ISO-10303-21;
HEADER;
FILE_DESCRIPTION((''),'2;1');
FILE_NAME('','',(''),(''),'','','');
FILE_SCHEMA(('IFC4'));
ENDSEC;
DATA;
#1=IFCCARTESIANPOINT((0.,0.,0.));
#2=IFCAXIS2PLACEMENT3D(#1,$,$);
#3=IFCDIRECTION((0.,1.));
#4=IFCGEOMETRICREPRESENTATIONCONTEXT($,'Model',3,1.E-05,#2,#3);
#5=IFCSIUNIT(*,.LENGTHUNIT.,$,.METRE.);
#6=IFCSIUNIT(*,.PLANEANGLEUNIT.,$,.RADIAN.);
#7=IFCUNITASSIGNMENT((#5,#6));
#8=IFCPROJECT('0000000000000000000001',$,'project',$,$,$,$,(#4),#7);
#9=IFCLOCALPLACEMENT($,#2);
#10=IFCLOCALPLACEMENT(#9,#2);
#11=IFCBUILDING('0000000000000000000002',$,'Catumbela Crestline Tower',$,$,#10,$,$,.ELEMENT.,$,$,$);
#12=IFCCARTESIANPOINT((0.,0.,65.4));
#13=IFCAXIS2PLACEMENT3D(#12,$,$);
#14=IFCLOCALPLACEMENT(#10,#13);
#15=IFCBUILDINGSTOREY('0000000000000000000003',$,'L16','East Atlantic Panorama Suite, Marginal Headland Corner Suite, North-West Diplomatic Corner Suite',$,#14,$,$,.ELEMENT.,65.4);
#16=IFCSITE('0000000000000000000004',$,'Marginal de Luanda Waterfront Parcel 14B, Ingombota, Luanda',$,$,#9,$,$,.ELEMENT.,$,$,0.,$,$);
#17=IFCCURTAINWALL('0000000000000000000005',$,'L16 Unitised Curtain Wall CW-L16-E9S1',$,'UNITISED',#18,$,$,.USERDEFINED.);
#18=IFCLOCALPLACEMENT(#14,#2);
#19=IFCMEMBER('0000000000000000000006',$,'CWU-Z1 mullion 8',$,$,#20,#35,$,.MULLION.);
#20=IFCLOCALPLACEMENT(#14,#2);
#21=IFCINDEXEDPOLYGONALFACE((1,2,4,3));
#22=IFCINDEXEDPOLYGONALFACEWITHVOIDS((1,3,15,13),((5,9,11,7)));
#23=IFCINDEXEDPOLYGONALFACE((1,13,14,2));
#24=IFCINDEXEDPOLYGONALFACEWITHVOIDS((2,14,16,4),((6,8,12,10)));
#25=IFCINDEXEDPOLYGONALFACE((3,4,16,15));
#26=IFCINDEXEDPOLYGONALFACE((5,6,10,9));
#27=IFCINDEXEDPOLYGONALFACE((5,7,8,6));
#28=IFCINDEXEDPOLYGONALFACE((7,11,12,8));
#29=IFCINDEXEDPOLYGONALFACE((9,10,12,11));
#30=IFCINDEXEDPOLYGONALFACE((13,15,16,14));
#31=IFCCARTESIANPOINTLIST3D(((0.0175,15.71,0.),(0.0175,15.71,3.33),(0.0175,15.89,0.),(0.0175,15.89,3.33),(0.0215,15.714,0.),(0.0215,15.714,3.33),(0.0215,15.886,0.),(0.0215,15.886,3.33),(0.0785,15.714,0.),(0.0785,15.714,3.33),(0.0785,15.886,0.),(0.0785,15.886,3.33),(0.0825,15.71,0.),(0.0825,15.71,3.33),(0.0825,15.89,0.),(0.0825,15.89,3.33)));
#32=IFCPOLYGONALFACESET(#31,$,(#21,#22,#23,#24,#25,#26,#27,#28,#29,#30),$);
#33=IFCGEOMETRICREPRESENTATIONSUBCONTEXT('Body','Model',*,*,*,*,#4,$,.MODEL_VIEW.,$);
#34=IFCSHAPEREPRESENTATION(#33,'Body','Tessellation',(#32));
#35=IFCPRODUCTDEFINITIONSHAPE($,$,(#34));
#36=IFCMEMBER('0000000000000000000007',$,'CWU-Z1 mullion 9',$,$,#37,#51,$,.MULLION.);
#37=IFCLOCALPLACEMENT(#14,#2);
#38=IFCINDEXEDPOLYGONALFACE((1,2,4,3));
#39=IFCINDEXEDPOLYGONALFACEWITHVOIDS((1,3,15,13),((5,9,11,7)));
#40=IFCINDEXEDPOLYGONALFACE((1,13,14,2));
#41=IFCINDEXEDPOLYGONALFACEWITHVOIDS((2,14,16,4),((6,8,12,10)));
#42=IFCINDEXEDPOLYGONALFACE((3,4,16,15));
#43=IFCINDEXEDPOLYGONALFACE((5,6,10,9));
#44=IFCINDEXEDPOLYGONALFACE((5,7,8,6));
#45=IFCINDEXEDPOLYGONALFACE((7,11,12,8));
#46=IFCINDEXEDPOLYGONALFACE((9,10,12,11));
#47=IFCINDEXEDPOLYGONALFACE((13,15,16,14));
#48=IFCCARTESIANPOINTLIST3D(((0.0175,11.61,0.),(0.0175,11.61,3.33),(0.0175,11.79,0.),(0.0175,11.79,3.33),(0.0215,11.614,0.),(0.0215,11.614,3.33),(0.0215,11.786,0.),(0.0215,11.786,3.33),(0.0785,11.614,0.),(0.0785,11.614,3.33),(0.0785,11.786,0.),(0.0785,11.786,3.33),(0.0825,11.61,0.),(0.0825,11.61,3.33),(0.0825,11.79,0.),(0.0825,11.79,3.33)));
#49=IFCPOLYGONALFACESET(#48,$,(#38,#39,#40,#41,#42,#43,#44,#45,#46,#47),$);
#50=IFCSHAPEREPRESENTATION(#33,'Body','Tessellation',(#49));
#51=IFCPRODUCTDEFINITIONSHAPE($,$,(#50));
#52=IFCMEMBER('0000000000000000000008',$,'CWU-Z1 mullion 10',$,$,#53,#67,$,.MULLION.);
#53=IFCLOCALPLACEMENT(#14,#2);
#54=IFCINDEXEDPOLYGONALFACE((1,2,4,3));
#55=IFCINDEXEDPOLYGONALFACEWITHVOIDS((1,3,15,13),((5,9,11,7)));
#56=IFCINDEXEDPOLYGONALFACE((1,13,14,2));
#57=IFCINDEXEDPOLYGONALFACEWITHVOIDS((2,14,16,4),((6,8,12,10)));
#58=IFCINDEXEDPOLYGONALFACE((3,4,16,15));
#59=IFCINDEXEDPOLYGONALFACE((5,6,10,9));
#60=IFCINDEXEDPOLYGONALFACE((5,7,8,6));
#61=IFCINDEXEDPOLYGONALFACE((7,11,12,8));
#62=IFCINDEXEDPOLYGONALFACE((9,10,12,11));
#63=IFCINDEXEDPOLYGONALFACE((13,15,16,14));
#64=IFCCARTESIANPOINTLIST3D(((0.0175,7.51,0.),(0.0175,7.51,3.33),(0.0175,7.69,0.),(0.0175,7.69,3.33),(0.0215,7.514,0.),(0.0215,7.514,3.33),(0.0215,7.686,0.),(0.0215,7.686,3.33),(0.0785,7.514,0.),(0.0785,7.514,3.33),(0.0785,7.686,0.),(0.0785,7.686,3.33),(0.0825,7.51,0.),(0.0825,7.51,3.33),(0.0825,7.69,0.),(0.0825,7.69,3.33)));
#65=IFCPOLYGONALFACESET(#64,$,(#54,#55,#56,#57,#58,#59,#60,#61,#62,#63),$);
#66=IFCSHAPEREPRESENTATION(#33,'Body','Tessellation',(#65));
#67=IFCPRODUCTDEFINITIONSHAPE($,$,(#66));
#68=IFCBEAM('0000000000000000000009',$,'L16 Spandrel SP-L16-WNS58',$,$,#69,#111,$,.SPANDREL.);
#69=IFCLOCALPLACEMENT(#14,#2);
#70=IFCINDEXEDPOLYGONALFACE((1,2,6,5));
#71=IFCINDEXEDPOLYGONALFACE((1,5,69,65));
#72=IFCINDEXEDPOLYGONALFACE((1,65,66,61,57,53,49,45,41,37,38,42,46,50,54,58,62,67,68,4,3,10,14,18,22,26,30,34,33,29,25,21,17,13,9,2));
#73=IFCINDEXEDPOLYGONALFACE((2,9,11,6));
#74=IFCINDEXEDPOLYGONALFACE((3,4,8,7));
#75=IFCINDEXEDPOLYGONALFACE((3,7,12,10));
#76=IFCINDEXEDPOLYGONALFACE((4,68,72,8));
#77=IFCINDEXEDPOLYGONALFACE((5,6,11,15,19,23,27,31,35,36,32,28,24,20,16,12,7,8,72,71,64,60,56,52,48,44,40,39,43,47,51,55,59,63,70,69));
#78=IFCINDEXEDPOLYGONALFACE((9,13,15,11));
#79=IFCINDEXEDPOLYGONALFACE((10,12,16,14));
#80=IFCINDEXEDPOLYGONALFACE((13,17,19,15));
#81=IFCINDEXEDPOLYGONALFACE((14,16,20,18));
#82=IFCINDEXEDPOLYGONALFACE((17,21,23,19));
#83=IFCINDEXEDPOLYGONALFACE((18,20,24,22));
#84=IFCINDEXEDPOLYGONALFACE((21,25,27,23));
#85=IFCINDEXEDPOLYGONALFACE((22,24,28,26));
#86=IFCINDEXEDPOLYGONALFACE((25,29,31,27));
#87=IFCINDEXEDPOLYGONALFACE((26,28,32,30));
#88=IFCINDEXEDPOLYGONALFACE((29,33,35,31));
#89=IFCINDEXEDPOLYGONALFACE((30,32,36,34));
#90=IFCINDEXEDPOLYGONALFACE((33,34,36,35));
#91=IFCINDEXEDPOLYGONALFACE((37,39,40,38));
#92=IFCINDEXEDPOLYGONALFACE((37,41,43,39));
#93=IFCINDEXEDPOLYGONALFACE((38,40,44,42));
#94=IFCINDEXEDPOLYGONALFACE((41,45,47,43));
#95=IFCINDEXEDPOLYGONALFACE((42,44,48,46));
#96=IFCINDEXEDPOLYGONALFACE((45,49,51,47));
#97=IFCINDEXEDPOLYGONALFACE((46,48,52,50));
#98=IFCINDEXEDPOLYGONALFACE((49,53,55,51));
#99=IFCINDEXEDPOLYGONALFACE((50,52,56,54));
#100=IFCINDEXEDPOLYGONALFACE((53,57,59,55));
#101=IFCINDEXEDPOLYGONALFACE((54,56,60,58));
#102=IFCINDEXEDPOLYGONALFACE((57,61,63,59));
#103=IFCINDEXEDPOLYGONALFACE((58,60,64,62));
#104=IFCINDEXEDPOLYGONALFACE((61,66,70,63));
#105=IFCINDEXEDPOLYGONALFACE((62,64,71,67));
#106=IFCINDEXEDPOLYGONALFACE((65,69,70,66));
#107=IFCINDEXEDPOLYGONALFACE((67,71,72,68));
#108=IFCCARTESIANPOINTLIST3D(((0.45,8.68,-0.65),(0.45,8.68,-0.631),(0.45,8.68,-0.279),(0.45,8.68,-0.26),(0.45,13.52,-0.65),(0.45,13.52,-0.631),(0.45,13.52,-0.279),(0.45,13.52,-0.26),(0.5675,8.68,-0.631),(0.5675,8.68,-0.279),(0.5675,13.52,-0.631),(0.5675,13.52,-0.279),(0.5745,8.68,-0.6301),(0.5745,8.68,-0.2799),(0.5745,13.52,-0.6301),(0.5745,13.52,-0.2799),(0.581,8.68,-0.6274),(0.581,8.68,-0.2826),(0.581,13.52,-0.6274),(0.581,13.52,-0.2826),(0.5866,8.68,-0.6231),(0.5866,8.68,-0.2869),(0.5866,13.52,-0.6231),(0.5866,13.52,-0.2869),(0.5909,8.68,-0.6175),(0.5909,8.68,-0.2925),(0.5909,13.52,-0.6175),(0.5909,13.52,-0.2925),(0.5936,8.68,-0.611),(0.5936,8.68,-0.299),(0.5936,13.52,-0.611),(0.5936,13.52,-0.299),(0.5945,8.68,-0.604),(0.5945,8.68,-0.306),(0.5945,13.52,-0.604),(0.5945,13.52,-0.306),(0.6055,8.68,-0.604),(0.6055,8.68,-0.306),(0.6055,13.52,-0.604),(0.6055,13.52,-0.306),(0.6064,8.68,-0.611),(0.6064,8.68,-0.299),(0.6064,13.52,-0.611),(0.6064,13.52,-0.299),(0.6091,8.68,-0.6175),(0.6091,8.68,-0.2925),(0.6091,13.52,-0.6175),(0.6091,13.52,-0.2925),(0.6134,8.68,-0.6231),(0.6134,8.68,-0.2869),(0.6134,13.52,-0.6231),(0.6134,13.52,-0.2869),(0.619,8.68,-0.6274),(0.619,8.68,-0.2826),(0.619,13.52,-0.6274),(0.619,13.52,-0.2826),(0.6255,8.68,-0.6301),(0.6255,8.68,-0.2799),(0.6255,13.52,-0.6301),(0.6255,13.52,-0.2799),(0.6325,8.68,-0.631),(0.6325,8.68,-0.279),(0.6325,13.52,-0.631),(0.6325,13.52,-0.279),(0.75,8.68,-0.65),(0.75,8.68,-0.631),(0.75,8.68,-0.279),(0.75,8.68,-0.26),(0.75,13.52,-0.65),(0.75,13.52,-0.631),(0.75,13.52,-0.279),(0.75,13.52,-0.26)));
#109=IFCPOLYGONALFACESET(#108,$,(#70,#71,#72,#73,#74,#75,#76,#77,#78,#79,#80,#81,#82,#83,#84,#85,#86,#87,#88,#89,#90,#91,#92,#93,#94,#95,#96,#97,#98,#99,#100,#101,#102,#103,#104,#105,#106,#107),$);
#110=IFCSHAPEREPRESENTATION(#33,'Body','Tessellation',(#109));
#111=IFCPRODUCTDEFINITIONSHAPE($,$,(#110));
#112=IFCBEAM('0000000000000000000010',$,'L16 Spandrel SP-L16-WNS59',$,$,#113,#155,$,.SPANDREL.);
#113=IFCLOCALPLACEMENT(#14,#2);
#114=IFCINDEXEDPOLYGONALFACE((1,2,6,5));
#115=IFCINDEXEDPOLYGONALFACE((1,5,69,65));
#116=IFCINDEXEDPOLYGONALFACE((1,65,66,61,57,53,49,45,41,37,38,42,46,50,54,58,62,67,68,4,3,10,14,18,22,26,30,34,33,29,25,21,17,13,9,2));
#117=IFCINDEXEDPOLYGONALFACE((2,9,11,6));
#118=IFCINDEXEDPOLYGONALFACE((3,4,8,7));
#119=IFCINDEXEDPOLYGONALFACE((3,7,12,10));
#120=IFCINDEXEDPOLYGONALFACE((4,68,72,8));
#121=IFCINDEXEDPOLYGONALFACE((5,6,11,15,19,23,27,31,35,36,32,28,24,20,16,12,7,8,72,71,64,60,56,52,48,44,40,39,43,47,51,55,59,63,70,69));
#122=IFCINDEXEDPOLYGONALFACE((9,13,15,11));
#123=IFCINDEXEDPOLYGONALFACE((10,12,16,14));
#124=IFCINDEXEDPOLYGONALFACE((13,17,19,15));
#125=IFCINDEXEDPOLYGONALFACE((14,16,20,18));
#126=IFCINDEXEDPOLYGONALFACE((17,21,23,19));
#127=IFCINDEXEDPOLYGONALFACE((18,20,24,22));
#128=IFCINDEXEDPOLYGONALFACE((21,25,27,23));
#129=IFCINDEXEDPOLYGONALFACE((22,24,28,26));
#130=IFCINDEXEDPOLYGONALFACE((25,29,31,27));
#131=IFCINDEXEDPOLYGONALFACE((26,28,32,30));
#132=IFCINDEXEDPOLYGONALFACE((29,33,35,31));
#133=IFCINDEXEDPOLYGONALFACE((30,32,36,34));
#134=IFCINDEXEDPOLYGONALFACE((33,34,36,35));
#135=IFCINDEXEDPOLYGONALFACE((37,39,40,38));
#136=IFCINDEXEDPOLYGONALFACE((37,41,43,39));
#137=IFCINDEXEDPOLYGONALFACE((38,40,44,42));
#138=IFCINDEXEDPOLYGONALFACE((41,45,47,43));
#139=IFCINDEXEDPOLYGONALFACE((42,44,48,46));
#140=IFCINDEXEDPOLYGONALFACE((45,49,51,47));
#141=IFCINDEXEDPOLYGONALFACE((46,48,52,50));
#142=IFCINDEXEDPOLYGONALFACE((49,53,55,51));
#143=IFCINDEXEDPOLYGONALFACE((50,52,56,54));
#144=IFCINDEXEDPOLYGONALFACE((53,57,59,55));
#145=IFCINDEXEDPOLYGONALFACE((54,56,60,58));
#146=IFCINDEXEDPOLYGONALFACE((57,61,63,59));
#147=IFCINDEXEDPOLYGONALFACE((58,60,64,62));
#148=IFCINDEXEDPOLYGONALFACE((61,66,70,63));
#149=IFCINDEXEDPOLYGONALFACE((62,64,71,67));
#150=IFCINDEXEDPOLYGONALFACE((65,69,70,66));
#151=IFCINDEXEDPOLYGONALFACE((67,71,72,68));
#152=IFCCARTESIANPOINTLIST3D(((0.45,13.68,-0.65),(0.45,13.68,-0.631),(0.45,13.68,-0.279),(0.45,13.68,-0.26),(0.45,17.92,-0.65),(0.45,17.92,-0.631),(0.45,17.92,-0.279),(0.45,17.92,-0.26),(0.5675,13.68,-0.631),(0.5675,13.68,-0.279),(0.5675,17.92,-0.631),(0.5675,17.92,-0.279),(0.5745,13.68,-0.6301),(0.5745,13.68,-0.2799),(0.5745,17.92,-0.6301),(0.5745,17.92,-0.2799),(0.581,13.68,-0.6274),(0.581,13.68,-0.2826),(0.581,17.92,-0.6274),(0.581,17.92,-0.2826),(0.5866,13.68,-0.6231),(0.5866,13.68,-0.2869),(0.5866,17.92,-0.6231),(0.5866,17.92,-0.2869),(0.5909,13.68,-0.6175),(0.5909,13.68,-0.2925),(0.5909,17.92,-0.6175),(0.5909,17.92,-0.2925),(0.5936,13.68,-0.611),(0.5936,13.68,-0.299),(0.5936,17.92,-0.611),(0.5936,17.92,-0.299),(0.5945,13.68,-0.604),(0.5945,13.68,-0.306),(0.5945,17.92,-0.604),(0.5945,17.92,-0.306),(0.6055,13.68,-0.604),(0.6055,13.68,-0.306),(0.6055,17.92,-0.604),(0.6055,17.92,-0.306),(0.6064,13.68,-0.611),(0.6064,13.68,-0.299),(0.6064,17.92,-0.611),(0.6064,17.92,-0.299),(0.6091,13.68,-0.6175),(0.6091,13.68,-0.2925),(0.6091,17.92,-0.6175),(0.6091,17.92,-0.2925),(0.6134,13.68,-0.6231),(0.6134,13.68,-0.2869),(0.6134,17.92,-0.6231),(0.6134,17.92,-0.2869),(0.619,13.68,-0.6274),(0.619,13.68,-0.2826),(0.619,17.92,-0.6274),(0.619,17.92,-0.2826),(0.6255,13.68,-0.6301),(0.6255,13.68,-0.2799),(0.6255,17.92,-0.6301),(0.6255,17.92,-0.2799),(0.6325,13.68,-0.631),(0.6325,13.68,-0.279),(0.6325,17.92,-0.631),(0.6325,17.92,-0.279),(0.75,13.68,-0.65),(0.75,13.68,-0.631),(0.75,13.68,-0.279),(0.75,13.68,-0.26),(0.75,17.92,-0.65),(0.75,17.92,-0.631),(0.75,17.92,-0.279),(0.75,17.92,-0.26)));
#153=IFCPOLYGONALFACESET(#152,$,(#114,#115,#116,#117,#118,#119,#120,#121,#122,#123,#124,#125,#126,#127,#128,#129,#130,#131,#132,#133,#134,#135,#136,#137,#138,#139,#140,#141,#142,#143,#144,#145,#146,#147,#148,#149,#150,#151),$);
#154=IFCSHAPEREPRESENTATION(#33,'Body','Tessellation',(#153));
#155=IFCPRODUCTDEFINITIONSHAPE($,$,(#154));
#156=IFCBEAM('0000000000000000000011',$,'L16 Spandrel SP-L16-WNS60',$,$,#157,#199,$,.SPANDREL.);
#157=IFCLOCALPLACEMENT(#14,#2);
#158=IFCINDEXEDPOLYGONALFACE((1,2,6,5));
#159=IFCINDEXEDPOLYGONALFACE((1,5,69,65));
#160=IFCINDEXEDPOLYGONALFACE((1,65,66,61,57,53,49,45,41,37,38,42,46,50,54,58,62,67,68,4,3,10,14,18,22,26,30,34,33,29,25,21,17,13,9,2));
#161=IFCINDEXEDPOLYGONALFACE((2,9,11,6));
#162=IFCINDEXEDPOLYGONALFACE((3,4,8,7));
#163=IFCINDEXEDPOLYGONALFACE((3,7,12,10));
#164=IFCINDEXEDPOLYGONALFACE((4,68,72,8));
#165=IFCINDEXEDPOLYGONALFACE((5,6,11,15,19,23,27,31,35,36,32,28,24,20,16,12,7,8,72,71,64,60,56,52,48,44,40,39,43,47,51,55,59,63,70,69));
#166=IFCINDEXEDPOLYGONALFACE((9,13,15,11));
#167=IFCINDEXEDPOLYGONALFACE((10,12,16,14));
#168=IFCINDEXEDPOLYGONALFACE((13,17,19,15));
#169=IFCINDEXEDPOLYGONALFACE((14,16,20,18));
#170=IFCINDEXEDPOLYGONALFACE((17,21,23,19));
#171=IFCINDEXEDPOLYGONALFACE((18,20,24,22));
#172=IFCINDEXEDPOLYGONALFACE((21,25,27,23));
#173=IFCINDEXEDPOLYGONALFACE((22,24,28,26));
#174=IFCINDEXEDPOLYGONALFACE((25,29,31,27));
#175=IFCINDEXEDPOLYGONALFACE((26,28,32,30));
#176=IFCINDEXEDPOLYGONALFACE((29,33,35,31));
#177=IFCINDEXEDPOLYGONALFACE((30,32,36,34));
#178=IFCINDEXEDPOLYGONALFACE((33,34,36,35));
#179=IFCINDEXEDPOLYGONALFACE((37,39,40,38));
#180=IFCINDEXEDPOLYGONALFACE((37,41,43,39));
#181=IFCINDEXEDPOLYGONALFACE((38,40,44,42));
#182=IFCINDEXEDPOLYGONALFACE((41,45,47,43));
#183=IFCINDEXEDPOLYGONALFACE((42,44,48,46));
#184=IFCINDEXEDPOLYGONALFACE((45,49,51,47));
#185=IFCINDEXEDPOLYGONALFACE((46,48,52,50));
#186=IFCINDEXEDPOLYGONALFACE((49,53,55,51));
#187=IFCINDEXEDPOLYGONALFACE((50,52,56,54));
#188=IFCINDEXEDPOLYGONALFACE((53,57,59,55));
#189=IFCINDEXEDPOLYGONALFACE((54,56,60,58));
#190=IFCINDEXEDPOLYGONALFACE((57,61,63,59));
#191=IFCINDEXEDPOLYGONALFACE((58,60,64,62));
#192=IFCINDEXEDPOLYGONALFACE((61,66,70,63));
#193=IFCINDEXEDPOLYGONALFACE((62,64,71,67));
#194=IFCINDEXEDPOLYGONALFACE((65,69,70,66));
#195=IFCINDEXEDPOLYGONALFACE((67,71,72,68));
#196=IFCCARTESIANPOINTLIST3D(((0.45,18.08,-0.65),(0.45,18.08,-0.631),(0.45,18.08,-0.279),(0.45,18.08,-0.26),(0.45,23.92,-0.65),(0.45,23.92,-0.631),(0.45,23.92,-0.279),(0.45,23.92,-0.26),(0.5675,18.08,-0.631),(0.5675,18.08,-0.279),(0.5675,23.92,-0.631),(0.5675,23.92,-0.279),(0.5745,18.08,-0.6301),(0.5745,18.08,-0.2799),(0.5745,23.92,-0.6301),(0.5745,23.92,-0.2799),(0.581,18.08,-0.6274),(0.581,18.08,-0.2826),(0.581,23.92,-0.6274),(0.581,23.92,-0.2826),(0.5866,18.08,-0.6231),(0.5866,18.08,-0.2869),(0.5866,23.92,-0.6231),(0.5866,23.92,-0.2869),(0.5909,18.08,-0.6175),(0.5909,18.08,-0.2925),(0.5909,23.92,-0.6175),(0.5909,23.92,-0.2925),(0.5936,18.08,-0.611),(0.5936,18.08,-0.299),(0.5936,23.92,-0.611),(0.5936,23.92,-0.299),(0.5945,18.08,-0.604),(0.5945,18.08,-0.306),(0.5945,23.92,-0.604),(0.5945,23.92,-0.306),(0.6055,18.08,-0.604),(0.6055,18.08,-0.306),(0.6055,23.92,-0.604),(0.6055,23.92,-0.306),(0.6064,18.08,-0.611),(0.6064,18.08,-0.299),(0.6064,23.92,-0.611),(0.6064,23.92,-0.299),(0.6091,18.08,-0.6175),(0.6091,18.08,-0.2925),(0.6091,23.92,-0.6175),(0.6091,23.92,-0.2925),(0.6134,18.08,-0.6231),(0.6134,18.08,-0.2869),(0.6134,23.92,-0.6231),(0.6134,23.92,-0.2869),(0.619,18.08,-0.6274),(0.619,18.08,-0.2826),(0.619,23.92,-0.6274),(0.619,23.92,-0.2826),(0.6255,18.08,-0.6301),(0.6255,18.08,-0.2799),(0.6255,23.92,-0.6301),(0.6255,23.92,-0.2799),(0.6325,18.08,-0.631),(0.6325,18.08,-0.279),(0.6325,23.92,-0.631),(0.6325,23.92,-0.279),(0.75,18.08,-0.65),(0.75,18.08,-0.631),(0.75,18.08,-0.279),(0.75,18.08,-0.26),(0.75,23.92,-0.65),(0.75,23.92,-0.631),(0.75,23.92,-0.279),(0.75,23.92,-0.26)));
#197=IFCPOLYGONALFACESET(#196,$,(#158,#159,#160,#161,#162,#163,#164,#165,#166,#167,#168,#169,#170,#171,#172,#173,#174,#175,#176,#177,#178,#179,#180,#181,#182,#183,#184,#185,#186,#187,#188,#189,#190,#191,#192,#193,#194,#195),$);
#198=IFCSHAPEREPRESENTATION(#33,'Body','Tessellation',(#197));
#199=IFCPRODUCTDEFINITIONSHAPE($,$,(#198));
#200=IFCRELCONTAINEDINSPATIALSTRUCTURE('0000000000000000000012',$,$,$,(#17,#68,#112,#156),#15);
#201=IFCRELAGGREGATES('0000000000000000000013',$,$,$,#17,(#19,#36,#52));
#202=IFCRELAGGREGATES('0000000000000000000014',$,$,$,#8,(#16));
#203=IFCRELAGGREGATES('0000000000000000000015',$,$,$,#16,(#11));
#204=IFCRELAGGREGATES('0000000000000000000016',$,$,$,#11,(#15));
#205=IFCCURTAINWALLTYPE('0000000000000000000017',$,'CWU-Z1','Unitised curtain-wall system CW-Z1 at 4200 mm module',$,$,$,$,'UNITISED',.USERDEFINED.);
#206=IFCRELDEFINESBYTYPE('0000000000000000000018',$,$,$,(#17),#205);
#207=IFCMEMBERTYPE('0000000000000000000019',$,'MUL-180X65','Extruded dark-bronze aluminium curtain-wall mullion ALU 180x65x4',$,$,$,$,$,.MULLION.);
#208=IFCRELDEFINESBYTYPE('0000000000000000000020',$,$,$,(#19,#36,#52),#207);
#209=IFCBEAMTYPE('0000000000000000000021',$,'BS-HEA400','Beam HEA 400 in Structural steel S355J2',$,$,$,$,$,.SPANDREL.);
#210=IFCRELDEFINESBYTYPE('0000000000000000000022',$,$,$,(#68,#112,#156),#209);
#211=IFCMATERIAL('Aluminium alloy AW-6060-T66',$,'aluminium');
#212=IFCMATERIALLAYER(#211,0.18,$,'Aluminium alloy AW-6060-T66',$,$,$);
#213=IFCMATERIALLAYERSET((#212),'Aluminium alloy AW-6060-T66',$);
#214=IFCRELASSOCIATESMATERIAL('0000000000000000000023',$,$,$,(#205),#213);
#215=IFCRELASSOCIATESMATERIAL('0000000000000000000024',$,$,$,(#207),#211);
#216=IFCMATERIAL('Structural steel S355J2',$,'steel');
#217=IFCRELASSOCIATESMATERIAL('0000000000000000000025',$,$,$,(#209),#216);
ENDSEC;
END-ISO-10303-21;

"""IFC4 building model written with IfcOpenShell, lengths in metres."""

from ifc_helpers import new_model, si_unit, direction, frame, origin, origin_2d, place, context, subcontext, project, spatial, hollow_rectangle, i_section, extrude, material, layer, layer_set, material_profile, profile_set, type_object, element, aggregate, save


model = new_model("IFC4")

# Units and contexts
model_context = context("Model", 3, precision=1e-05, world=origin(), true_north=direction((0.0, 1.0)))
body_context = subcontext(model_context, "Body", "Model", "MODEL_VIEW")
ifc_project = project(units=[si_unit("LENGTHUNIT", "METRE"), si_unit("PLANEANGLEUNIT", "RADIAN")], contexts=[model_context])

# Site, building, storey
site_placement = place(None, origin())
site = spatial("IfcSite", under=ifc_project, at=site_placement, Name="Marginal de Luanda Waterfront Parcel 14B, Ingombota, Luanda", CompositionType="ELEMENT", RefElevation=0.0)
building_placement = place(site_placement, origin())
building = spatial("IfcBuilding", under=site, at=building_placement, Name="Catumbela Crestline Tower", CompositionType="ELEMENT")
storey_placement = place(building_placement, frame((0.0, 0.0, 65.4)))
storey = spatial("IfcBuildingStorey", under=building, at=storey_placement, Name="L16", Description="East Atlantic Panorama Suite, Marginal Headland Corner Suite, North-West Diplomatic Corner Suite", CompositionType="ELEMENT", Elevation=65.4)

# Shared definitions
ifc_material_1 = material(Name="Structural steel S355J2", Category="steel")

# Curtain wall, members
ifc_material_2 = material(Name="Aluminium alloy AW-6060-T66", Category="aluminium")
ifc_layer_1 = layer(ifc_material_2, 0.18, Name="Aluminium alloy AW-6060-T66")
ifc_layer_set_1 = layer_set([ifc_layer_1], Name="Aluminium alloy AW-6060-T66")
curtain_wall_type = type_object("IfcCurtainWallType", Name="CWU-Z1", Description="Unitised curtain-wall system CW-Z1 at 4200 mm module", ElementType="UNITISED", PredefinedType="USERDEFINED", material=ifc_layer_set_1)
curtain_wall_placement = place(storey_placement, origin())
curtain_wall = element("IfcCurtainWall", 1, at=curtain_wall_placement, inside=storey, type_object=curtain_wall_type, Name="L16 Unitised Curtain Wall CW-L16-E9S1", ObjectType="UNITISED", PredefinedType="USERDEFINED")
ifc_material_profile_1 = material_profile(ifc_material_2, hollow_rectangle(XDim=0.065, YDim=0.18, WallThickness=0.004, at=origin_2d()), Name="ALU 180x65x4")
ifc_profile_set_1 = profile_set([ifc_material_profile_1], Name="Aluminium alloy AW-6060-T66")
member_type_1 = type_object("IfcMemberType", Name="MUL-180X65", Description="Extruded dark-bronze aluminium curtain-wall mullion ALU 180x65x4", PredefinedType="MULLION", material=ifc_profile_set_1)
member_1_placement = place(storey_placement, frame((0.05, 15.8, 0.0), z_axis=(0.0, 0.0, 1.0), x_axis=(1.0, 0.0, 0.0)))
member_1 = element("IfcMember", 2, at=member_1_placement, type_object=member_type_1, Name="CWU-Z1 mullion 8", PredefinedType="MULLION", context=body_context, shape_type="SweptSolid", body=[
    extrude(hollow_rectangle(XDim=0.065, YDim=0.18, WallThickness=0.004, at=origin_2d()), origin(), (0.0, 0.0, 1.0), 3.33),
])
member_2_placement = place(storey_placement, frame((0.05, 11.7, 0.0), z_axis=(0.0, 0.0, 1.0), x_axis=(1.0, 0.0, 0.0)))
member_2 = element("IfcMember", 3, at=member_2_placement, type_object=member_type_1, Name="CWU-Z1 mullion 9", PredefinedType="MULLION", context=body_context, shape_type="SweptSolid", body=[
    extrude(hollow_rectangle(XDim=0.065, YDim=0.18, WallThickness=0.004, at=origin_2d()), origin(), (0.0, 0.0, 1.0), 3.33),
])
member_3_placement = place(storey_placement, frame((0.05, 7.6, 0.0), z_axis=(0.0, 0.0, 1.0), x_axis=(1.0, 0.0, 0.0)))
member_3 = element("IfcMember", 4, at=member_3_placement, type_object=member_type_1, Name="CWU-Z1 mullion 10", PredefinedType="MULLION", context=body_context, shape_type="SweptSolid", body=[
    extrude(hollow_rectangle(XDim=0.065, YDim=0.18, WallThickness=0.004, at=origin_2d()), origin(), (0.0, 0.0, 1.0), 3.33),
])

# Beams
ifc_material_profile_2 = material_profile(ifc_material_1, i_section(OverallWidth=0.3, OverallDepth=0.39, WebThickness=0.011, FlangeThickness=0.019, FilletRadius=0.027, at=origin_2d()), Name="HEA 400")
ifc_profile_set_2 = profile_set([ifc_material_profile_2], Name="Structural steel S355J2")
beam_type_1 = type_object("IfcBeamType", Name="BS-HEA400", Description="Beam HEA 400 in Structural steel S355J2", PredefinedType="SPANDREL", material=ifc_profile_set_2)
beam_1_placement = place(storey_placement, frame((0.6, 8.68, -0.455), z_axis=(0.0, 1.0, 0.0), x_axis=(-1.0, 0.0, 0.0)))
element("IfcBeam", 5, at=beam_1_placement, inside=storey, type_object=beam_type_1, Name="L16 Spandrel SP-L16-WNS58", PredefinedType="SPANDREL", context=body_context, shape_type="SweptSolid", body=[
    extrude(i_section(OverallWidth=0.3, OverallDepth=0.39, WebThickness=0.011, FlangeThickness=0.019, FilletRadius=0.027, at=origin_2d()), origin(), (0.0, 0.0, 1.0), 4.84),
])
beam_2_placement = place(storey_placement, frame((0.6, 13.68, -0.455), z_axis=(0.0, 1.0, 0.0), x_axis=(-1.0, 0.0, 0.0)))
element("IfcBeam", 6, at=beam_2_placement, inside=storey, type_object=beam_type_1, Name="L16 Spandrel SP-L16-WNS59", PredefinedType="SPANDREL", context=body_context, shape_type="SweptSolid", body=[
    extrude(i_section(OverallWidth=0.3, OverallDepth=0.39, WebThickness=0.011, FlangeThickness=0.019, FilletRadius=0.027, at=origin_2d()), origin(), (0.0, 0.0, 1.0), 4.24),
])
beam_3_placement = place(storey_placement, frame((0.6, 18.08, -0.455), z_axis=(0.0, 1.0, 0.0), x_axis=(-1.0, 0.0, 0.0)))
element("IfcBeam", 7, at=beam_3_placement, inside=storey, type_object=beam_type_1, Name="L16 Spandrel SP-L16-WNS60", PredefinedType="SPANDREL", context=body_context, shape_type="SweptSolid", body=[
    extrude(i_section(OverallWidth=0.3, OverallDepth=0.39, WebThickness=0.011, FlangeThickness=0.019, FilletRadius=0.027, at=origin_2d()), origin(), (0.0, 0.0, 1.0), 5.84),
])

aggregate(curtain_wall, [member_1, member_2, member_3])

save(model, "model.ifc")
